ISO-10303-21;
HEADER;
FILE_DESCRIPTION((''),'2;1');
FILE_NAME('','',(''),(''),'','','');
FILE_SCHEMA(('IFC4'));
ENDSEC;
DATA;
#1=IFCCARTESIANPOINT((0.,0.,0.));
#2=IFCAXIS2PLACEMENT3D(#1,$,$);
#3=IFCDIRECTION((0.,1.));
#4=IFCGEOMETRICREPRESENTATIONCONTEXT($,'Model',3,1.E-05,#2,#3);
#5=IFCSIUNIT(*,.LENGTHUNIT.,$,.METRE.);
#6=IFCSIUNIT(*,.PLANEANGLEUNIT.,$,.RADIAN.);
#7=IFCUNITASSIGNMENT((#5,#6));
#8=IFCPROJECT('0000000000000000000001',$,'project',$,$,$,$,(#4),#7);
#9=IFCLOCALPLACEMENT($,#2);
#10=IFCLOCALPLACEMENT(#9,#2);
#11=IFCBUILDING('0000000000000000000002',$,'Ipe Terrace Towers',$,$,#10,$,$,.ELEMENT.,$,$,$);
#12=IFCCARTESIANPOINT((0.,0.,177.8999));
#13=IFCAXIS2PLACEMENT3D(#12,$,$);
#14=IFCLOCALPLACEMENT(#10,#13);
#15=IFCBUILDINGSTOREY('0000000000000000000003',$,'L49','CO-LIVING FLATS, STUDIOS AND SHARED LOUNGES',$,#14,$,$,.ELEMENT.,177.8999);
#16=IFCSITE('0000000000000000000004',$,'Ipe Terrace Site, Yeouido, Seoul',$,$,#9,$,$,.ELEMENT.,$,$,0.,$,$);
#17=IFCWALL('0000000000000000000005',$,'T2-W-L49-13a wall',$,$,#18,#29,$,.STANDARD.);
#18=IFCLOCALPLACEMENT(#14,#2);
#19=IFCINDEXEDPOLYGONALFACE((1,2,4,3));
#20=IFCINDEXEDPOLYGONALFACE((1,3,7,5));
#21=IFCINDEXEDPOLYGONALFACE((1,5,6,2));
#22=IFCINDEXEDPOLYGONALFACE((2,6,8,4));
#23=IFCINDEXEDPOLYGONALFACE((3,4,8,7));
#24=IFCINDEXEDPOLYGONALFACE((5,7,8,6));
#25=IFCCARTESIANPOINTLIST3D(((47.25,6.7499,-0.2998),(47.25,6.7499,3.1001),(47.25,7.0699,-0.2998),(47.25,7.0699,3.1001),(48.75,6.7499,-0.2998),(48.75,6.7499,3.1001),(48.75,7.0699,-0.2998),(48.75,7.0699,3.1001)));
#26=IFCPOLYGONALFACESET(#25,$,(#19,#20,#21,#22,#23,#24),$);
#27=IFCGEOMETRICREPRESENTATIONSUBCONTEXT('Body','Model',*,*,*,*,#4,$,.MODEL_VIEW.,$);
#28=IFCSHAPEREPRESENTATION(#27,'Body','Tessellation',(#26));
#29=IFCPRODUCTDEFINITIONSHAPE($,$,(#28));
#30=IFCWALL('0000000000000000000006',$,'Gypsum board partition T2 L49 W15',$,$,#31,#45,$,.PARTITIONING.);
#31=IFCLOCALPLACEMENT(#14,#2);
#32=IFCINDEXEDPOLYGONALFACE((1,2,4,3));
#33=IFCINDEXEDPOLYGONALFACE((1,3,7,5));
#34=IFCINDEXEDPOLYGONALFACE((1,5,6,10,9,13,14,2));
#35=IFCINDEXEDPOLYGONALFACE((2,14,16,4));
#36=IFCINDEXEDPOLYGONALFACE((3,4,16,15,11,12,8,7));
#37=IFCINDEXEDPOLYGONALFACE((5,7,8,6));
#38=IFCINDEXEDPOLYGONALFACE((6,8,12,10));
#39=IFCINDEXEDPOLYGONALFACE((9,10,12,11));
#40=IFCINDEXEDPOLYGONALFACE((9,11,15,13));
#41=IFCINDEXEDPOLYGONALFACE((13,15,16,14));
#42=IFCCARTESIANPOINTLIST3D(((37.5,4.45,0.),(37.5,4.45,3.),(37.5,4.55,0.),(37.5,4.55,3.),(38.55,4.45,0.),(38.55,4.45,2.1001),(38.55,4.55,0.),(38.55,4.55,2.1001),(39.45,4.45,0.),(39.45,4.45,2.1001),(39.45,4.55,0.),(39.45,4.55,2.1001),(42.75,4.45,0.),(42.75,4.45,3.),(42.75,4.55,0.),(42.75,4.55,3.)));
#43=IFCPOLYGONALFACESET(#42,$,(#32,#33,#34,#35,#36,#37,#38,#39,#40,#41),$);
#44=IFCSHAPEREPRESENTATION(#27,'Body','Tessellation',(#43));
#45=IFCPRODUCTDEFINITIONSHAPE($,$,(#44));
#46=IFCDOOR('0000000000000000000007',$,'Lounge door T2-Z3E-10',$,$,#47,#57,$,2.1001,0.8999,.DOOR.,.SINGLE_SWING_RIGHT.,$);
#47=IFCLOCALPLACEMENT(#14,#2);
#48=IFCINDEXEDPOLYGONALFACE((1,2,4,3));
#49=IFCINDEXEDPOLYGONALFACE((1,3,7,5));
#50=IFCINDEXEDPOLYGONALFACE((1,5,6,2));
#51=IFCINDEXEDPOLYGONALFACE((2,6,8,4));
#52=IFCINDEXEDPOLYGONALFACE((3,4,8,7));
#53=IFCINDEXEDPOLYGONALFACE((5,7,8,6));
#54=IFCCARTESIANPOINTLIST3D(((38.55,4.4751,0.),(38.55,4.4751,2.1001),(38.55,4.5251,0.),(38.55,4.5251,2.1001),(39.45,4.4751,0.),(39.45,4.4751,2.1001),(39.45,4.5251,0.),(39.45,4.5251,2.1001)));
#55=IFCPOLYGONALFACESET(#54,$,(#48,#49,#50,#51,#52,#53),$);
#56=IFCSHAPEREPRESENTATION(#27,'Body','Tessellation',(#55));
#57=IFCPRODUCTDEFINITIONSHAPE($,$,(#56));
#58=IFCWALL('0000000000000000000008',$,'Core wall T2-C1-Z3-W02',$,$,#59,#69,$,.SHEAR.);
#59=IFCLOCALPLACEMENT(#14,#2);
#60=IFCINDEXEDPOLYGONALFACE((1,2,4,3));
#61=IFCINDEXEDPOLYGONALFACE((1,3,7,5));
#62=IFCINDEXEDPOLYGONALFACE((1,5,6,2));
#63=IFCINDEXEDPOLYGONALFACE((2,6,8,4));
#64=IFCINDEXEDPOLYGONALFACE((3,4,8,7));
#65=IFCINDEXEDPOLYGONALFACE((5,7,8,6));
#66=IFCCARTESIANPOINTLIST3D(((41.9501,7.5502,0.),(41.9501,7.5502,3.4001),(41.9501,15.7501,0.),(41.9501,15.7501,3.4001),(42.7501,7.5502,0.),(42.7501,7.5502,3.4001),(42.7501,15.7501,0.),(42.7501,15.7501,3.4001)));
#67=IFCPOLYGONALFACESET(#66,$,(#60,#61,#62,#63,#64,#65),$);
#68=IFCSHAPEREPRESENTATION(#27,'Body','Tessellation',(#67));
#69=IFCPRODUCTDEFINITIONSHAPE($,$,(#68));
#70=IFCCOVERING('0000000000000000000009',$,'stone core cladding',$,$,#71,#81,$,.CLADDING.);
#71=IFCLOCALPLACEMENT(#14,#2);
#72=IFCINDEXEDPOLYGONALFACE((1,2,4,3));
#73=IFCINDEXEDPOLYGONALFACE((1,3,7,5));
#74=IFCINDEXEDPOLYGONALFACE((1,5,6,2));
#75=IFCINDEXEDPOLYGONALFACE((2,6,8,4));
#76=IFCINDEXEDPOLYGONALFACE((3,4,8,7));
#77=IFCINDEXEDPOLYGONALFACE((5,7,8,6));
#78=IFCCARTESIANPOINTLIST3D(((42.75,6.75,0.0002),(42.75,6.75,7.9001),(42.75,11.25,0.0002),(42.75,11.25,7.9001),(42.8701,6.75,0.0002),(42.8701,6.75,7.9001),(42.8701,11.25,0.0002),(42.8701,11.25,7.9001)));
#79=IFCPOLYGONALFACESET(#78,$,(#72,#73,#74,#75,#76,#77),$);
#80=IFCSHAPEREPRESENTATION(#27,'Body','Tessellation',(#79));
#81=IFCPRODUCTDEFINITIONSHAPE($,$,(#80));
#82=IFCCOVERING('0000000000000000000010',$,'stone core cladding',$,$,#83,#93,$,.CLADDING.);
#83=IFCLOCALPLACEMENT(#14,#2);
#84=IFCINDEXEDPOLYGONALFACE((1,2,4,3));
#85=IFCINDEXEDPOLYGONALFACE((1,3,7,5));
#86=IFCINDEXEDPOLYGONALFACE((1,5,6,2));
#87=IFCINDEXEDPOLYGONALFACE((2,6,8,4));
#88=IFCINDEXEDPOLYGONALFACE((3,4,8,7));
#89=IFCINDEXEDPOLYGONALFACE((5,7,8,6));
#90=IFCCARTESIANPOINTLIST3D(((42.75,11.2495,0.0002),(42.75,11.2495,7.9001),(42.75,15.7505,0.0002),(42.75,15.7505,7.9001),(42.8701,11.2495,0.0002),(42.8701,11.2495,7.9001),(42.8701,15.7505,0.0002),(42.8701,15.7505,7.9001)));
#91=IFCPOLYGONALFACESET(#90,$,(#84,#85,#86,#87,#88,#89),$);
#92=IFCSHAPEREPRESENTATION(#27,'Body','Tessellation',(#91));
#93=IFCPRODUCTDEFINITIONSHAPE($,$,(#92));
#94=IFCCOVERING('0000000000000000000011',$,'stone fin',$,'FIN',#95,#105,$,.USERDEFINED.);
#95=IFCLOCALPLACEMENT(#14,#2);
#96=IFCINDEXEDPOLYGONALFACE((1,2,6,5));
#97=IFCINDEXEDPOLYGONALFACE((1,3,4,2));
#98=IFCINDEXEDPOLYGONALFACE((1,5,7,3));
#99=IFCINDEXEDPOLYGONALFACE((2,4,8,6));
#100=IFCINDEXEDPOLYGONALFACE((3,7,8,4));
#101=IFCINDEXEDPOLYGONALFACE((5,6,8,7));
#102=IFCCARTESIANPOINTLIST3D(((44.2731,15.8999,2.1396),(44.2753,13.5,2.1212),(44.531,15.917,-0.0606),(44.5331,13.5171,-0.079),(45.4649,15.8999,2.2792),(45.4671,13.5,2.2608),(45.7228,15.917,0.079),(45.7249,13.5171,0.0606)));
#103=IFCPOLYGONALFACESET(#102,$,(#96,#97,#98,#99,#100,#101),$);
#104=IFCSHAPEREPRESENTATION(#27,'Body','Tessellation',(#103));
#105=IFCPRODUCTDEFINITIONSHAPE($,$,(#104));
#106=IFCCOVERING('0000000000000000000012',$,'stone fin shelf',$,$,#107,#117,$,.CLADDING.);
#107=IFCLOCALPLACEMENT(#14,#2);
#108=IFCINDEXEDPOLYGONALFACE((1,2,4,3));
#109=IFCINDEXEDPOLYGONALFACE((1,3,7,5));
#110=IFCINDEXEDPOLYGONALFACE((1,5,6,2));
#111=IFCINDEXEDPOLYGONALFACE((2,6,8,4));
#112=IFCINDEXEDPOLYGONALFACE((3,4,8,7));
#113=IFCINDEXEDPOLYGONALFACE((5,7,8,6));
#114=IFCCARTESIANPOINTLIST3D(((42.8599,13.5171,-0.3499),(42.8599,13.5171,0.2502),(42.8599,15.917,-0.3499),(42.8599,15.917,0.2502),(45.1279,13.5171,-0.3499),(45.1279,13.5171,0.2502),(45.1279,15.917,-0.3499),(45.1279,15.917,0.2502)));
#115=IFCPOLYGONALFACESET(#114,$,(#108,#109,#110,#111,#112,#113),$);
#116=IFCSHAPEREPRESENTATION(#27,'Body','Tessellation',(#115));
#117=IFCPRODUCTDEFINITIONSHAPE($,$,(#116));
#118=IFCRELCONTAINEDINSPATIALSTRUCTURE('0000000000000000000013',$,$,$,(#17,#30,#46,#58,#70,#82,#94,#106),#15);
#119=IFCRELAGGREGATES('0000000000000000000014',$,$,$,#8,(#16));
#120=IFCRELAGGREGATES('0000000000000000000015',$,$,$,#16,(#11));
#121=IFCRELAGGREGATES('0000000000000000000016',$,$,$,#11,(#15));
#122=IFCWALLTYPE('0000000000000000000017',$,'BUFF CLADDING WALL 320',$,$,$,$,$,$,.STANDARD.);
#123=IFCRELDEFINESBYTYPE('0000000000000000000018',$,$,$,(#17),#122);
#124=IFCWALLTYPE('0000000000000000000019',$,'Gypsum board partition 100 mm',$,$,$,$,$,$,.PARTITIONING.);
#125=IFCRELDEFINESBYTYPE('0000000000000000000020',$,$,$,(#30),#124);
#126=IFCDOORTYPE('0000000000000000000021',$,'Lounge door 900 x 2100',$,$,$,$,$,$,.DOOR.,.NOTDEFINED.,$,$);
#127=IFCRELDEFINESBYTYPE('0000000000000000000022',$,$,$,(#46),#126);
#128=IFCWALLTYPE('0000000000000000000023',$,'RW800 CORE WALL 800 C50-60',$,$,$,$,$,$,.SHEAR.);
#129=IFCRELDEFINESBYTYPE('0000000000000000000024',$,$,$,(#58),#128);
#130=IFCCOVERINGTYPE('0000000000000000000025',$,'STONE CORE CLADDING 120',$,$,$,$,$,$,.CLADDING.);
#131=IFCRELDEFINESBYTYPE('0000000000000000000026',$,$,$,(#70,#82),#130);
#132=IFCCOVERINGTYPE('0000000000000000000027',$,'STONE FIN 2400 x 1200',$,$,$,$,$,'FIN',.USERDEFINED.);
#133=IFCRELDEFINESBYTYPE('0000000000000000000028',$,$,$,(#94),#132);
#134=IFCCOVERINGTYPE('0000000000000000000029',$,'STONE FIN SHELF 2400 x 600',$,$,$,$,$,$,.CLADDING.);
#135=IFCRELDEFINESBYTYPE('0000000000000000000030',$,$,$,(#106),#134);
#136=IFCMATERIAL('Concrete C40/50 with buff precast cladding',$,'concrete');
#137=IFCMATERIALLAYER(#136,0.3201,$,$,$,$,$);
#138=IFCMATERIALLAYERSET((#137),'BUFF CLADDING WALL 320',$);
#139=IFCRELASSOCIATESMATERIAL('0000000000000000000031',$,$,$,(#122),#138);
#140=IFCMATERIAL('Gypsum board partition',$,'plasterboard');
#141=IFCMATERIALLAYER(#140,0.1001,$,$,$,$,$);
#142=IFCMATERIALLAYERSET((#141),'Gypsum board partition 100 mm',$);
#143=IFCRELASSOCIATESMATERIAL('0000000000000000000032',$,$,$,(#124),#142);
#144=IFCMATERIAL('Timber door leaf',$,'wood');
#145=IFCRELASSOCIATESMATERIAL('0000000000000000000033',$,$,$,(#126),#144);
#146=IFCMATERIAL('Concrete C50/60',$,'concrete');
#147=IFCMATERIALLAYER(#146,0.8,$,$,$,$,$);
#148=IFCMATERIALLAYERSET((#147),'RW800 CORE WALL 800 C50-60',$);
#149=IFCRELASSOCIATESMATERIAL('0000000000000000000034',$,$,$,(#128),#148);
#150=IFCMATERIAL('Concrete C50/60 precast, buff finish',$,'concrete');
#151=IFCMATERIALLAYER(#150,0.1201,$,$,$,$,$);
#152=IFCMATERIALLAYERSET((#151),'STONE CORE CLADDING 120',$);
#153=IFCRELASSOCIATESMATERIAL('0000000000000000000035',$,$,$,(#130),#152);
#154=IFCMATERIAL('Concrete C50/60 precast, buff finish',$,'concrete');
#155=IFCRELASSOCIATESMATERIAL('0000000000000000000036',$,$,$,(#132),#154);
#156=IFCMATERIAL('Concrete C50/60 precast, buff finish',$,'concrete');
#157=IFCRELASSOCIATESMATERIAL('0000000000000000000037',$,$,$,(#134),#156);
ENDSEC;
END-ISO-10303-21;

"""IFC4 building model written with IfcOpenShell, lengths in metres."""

from ifc_helpers import new_model, si_unit, direction, frame, frame_2d, origin, origin_2d, place, context, subcontext, project, spatial, rectangle, extrude, material, layer, layer_set, material_profile, profile_set, type_object, element, fill, save


model = new_model("IFC4")

# Units and contexts
model_context = context("Model", 3, precision=1e-05, world=origin(), true_north=direction((0.0, 1.0)))
body_context = subcontext(model_context, "Body", "Model", "MODEL_VIEW")
ifc_project = project(units=[si_unit("LENGTHUNIT", "METRE"), si_unit("PLANEANGLEUNIT", "RADIAN")], contexts=[model_context])

# Site, building, storey
site_placement = place(None, origin())
site = spatial("IfcSite", under=ifc_project, at=site_placement, Name="Ipe Terrace Site, Yeouido, Seoul", CompositionType="ELEMENT", RefElevation=0.0)
building_placement = place(site_placement, origin())
building = spatial("IfcBuilding", under=site, at=building_placement, Name="Ipe Terrace Towers", CompositionType="ELEMENT")
storey_placement = place(building_placement, frame((0.0, 0.0, 177.8999)))
storey = spatial("IfcBuildingStorey", under=building, at=storey_placement, Name="L49", Description="CO-LIVING FLATS, STUDIOS AND SHARED LOUNGES", CompositionType="ELEMENT", Elevation=177.8999)

# Wall
ifc_material_1 = material(Name="Concrete C40/50 with buff precast cladding", Category="concrete")
ifc_layer_1 = layer(ifc_material_1, 0.3201)
ifc_layer_set_1 = layer_set([ifc_layer_1], Name="BUFF CLADDING WALL 320")
wall_type_1 = type_object("IfcWallType", Name="BUFF CLADDING WALL 320", PredefinedType="STANDARD", material=ifc_layer_set_1)
wall_1_placement = place(storey_placement, frame((48.75, 6.9099, -0.2998), z_axis=(0.0, 0.0, 1.0), x_axis=(-1.0, 0.0, 0.0)))
element("IfcWall", 1, at=wall_1_placement, inside=storey, type_object=wall_type_1, Name="T2-W-L49-13a wall", PredefinedType="STANDARD", context=body_context, shape_type="SweptSolid", body=[
    extrude(rectangle(XDim=1.5, YDim=0.3201, at=frame_2d((0.75, 0.0))), origin(), (0.0, 0.0, 1.0), 3.3999),
])

# Wall, opening, door
ifc_material_2 = material(Name="Gypsum board partition", Category="plasterboard")
ifc_layer_2 = layer(ifc_material_2, 0.1001)
ifc_layer_set_2 = layer_set([ifc_layer_2], Name="Gypsum board partition 100 mm")
wall_type_2 = type_object("IfcWallType", Name="Gypsum board partition 100 mm", PredefinedType="PARTITIONING", material=ifc_layer_set_2)
wall_2_placement = place(storey_placement, frame((42.75, 4.5, 0.0), z_axis=(0.0, 0.0, 1.0), x_axis=(-1.0, 0.0, 0.0)))
wall_2 = element("IfcWall", 2, at=wall_2_placement, inside=storey, type_object=wall_type_2, Name="Gypsum board partition T2 L49 W15", PredefinedType="PARTITIONING", context=body_context, shape_type="SweptSolid", body=[
    extrude(rectangle(XDim=5.25, YDim=0.1001, at=frame_2d((2.625, 0.0))), origin(), (0.0, 0.0, 1.0), 3.0),
])
opening_placement = place(wall_2_placement, frame((3.3, 0.0, 0.0)))
opening = element("IfcOpeningElement", 3, at=opening_placement, cuts=wall_2, PredefinedType="OPENING", context=body_context, shape_type="SweptSolid", body=[
    extrude(rectangle(XDim=0.8999, YDim=2.1001, at=frame_2d((0.45, 1.05))), frame((0.0, 0.0601, 0.0), z_axis=(0.0, -1.0, 0.0), x_axis=(1.0, 0.0, 0.0)), (0.0, 0.0, 1.0), 0.1201),
])
ifc_material_3 = material(Name="Timber door leaf", Category="wood")
door_type = type_object("IfcDoorType", Name="Lounge door 900 x 2100", OperationType="NOTDEFINED", PredefinedType="DOOR", material=ifc_material_3)
door_placement = place(opening_placement, origin())
door = element("IfcDoor", 4, at=door_placement, inside=storey, type_object=door_type, Name="Lounge door T2-Z3E-10", OperationType="SINGLE_SWING_RIGHT", OverallHeight=2.1001, OverallWidth=0.8999, PredefinedType="DOOR", context=body_context, shape_type="SweptSolid", body=[
    extrude(rectangle(XDim=0.8999, YDim=2.1001, at=frame_2d((0.45, 1.05))), frame((0.0, 0.0249, 0.0), z_axis=(0.0, -1.0, 0.0), x_axis=(1.0, 0.0, 0.0)), (0.0, 0.0, 1.0), 0.05),
])
fill(opening, door)

# Wall
ifc_material_4 = material(Name="Concrete C50/60", Category="concrete")
ifc_layer_3 = layer(ifc_material_4, 0.8)
ifc_layer_set_3 = layer_set([ifc_layer_3], Name="RW800 CORE WALL 800 C50-60")
wall_type_3 = type_object("IfcWallType", Name="RW800 CORE WALL 800 C50-60", PredefinedType="SHEAR", material=ifc_layer_set_3)
wall_3_placement = place(storey_placement, frame((42.3501, 7.55, 0.0), z_axis=(0.0, 0.0, 1.0), x_axis=(0.0, 1.0, 0.0)))
element("IfcWall", 5, at=wall_3_placement, inside=storey, type_object=wall_type_3, Name="Core wall T2-C1-Z3-W02", PredefinedType="SHEAR", context=body_context, shape_type="SweptSolid", body=[
    extrude(rectangle(XDim=8.2, YDim=0.8, at=frame_2d((4.1001, 0.0))), origin(), (0.0, 0.0, 1.0), 3.4001),
])

# Coverings
ifc_material_5 = material(Name="Concrete C50/60 precast, buff finish", Category="concrete")
ifc_layer_4 = layer(ifc_material_5, 0.1201)
ifc_layer_set_4 = layer_set([ifc_layer_4], Name="STONE CORE CLADDING 120")
covering_type_1 = type_object("IfcCoveringType", Name="STONE CORE CLADDING 120", PredefinedType="CLADDING", material=ifc_layer_set_4)
covering_1_placement = place(storey_placement, frame((42.8101, 9.0, 0.0002), z_axis=(0.0, 0.0, 1.0), x_axis=(0.0, 1.0, 0.0)))
element("IfcCovering", 6, at=covering_1_placement, inside=storey, type_object=covering_type_1, Name="stone core cladding", PredefinedType="CLADDING", context=body_context, shape_type="SweptSolid", body=[
    extrude(rectangle(XDim=4.5, YDim=0.1201, at=origin_2d()), origin(), (0.0, 0.0, 1.0), 7.8999),
])
covering_2_placement = place(storey_placement, frame((42.8101, 13.5, 0.0002), z_axis=(0.0, 0.0, 1.0), x_axis=(0.0, 1.0, 0.0)))
element("IfcCovering", 7, at=covering_2_placement, inside=storey, type_object=covering_type_1, Name="stone core cladding", PredefinedType="CLADDING", context=body_context, shape_type="SweptSolid", body=[
    extrude(rectangle(XDim=4.501, YDim=0.1201, at=origin_2d()), origin(), (0.0, 0.0, 1.0), 7.8999),
])
ifc_material_6 = material(Name="Concrete C50/60 precast, buff finish", Category="concrete")
ifc_material_profile_1 = material_profile(ifc_material_6, rectangle(XDim=2.3999, YDim=1.2, at=origin_2d()), Name="STONE FIN 2400 x 1200")
ifc_profile_set_1 = profile_set([ifc_material_profile_1], Name="Concrete C50/60 precast, buff finish")
covering_type_2 = type_object("IfcCoveringType", Name="STONE FIN 2400 x 1200", ElementType="FIN", PredefinedType="USERDEFINED", material=ifc_profile_set_1)
covering_3_placement = place(storey_placement, frame((45.1279, 14.717, 0.0), z_axis=(-0.116377, -0.007714, 0.993175), x_axis=(-0.000898, 0.99997, 0.007662)))
element("IfcCovering", 8, at=covering_3_placement, inside=storey, type_object=covering_type_2, Name="stone fin", ObjectType="FIN", PredefinedType="USERDEFINED", context=body_context, shape_type="SweptSolid", body=[
    extrude(rectangle(XDim=2.3999, YDim=1.2, at=origin_2d()), origin(), (0.0, 0.0, 1.0), 2.2153),
])
ifc_material_7 = material(Name="Concrete C50/60 precast, buff finish", Category="concrete")
covering_type_3 = type_object("IfcCoveringType", Name="STONE FIN SHELF 2400 x 600", PredefinedType="CLADDING", material=ifc_material_7)
covering_4_placement = place(storey_placement, frame((43.9939, 14.717, -0.3499), z_axis=(0.0, 0.0, 1.0), x_axis=(0.0, 1.0, 0.0)))
element("IfcCovering", 9, at=covering_4_placement, inside=storey, type_object=covering_type_3, Name="stone fin shelf", PredefinedType="CLADDING", context=body_context, shape_type="SweptSolid", body=[
    extrude(rectangle(XDim=2.3999, YDim=2.2681, at=origin_2d()), origin(), (0.0, 0.0, 1.0), 0.6001),
])

save(model, "model.ifc")
